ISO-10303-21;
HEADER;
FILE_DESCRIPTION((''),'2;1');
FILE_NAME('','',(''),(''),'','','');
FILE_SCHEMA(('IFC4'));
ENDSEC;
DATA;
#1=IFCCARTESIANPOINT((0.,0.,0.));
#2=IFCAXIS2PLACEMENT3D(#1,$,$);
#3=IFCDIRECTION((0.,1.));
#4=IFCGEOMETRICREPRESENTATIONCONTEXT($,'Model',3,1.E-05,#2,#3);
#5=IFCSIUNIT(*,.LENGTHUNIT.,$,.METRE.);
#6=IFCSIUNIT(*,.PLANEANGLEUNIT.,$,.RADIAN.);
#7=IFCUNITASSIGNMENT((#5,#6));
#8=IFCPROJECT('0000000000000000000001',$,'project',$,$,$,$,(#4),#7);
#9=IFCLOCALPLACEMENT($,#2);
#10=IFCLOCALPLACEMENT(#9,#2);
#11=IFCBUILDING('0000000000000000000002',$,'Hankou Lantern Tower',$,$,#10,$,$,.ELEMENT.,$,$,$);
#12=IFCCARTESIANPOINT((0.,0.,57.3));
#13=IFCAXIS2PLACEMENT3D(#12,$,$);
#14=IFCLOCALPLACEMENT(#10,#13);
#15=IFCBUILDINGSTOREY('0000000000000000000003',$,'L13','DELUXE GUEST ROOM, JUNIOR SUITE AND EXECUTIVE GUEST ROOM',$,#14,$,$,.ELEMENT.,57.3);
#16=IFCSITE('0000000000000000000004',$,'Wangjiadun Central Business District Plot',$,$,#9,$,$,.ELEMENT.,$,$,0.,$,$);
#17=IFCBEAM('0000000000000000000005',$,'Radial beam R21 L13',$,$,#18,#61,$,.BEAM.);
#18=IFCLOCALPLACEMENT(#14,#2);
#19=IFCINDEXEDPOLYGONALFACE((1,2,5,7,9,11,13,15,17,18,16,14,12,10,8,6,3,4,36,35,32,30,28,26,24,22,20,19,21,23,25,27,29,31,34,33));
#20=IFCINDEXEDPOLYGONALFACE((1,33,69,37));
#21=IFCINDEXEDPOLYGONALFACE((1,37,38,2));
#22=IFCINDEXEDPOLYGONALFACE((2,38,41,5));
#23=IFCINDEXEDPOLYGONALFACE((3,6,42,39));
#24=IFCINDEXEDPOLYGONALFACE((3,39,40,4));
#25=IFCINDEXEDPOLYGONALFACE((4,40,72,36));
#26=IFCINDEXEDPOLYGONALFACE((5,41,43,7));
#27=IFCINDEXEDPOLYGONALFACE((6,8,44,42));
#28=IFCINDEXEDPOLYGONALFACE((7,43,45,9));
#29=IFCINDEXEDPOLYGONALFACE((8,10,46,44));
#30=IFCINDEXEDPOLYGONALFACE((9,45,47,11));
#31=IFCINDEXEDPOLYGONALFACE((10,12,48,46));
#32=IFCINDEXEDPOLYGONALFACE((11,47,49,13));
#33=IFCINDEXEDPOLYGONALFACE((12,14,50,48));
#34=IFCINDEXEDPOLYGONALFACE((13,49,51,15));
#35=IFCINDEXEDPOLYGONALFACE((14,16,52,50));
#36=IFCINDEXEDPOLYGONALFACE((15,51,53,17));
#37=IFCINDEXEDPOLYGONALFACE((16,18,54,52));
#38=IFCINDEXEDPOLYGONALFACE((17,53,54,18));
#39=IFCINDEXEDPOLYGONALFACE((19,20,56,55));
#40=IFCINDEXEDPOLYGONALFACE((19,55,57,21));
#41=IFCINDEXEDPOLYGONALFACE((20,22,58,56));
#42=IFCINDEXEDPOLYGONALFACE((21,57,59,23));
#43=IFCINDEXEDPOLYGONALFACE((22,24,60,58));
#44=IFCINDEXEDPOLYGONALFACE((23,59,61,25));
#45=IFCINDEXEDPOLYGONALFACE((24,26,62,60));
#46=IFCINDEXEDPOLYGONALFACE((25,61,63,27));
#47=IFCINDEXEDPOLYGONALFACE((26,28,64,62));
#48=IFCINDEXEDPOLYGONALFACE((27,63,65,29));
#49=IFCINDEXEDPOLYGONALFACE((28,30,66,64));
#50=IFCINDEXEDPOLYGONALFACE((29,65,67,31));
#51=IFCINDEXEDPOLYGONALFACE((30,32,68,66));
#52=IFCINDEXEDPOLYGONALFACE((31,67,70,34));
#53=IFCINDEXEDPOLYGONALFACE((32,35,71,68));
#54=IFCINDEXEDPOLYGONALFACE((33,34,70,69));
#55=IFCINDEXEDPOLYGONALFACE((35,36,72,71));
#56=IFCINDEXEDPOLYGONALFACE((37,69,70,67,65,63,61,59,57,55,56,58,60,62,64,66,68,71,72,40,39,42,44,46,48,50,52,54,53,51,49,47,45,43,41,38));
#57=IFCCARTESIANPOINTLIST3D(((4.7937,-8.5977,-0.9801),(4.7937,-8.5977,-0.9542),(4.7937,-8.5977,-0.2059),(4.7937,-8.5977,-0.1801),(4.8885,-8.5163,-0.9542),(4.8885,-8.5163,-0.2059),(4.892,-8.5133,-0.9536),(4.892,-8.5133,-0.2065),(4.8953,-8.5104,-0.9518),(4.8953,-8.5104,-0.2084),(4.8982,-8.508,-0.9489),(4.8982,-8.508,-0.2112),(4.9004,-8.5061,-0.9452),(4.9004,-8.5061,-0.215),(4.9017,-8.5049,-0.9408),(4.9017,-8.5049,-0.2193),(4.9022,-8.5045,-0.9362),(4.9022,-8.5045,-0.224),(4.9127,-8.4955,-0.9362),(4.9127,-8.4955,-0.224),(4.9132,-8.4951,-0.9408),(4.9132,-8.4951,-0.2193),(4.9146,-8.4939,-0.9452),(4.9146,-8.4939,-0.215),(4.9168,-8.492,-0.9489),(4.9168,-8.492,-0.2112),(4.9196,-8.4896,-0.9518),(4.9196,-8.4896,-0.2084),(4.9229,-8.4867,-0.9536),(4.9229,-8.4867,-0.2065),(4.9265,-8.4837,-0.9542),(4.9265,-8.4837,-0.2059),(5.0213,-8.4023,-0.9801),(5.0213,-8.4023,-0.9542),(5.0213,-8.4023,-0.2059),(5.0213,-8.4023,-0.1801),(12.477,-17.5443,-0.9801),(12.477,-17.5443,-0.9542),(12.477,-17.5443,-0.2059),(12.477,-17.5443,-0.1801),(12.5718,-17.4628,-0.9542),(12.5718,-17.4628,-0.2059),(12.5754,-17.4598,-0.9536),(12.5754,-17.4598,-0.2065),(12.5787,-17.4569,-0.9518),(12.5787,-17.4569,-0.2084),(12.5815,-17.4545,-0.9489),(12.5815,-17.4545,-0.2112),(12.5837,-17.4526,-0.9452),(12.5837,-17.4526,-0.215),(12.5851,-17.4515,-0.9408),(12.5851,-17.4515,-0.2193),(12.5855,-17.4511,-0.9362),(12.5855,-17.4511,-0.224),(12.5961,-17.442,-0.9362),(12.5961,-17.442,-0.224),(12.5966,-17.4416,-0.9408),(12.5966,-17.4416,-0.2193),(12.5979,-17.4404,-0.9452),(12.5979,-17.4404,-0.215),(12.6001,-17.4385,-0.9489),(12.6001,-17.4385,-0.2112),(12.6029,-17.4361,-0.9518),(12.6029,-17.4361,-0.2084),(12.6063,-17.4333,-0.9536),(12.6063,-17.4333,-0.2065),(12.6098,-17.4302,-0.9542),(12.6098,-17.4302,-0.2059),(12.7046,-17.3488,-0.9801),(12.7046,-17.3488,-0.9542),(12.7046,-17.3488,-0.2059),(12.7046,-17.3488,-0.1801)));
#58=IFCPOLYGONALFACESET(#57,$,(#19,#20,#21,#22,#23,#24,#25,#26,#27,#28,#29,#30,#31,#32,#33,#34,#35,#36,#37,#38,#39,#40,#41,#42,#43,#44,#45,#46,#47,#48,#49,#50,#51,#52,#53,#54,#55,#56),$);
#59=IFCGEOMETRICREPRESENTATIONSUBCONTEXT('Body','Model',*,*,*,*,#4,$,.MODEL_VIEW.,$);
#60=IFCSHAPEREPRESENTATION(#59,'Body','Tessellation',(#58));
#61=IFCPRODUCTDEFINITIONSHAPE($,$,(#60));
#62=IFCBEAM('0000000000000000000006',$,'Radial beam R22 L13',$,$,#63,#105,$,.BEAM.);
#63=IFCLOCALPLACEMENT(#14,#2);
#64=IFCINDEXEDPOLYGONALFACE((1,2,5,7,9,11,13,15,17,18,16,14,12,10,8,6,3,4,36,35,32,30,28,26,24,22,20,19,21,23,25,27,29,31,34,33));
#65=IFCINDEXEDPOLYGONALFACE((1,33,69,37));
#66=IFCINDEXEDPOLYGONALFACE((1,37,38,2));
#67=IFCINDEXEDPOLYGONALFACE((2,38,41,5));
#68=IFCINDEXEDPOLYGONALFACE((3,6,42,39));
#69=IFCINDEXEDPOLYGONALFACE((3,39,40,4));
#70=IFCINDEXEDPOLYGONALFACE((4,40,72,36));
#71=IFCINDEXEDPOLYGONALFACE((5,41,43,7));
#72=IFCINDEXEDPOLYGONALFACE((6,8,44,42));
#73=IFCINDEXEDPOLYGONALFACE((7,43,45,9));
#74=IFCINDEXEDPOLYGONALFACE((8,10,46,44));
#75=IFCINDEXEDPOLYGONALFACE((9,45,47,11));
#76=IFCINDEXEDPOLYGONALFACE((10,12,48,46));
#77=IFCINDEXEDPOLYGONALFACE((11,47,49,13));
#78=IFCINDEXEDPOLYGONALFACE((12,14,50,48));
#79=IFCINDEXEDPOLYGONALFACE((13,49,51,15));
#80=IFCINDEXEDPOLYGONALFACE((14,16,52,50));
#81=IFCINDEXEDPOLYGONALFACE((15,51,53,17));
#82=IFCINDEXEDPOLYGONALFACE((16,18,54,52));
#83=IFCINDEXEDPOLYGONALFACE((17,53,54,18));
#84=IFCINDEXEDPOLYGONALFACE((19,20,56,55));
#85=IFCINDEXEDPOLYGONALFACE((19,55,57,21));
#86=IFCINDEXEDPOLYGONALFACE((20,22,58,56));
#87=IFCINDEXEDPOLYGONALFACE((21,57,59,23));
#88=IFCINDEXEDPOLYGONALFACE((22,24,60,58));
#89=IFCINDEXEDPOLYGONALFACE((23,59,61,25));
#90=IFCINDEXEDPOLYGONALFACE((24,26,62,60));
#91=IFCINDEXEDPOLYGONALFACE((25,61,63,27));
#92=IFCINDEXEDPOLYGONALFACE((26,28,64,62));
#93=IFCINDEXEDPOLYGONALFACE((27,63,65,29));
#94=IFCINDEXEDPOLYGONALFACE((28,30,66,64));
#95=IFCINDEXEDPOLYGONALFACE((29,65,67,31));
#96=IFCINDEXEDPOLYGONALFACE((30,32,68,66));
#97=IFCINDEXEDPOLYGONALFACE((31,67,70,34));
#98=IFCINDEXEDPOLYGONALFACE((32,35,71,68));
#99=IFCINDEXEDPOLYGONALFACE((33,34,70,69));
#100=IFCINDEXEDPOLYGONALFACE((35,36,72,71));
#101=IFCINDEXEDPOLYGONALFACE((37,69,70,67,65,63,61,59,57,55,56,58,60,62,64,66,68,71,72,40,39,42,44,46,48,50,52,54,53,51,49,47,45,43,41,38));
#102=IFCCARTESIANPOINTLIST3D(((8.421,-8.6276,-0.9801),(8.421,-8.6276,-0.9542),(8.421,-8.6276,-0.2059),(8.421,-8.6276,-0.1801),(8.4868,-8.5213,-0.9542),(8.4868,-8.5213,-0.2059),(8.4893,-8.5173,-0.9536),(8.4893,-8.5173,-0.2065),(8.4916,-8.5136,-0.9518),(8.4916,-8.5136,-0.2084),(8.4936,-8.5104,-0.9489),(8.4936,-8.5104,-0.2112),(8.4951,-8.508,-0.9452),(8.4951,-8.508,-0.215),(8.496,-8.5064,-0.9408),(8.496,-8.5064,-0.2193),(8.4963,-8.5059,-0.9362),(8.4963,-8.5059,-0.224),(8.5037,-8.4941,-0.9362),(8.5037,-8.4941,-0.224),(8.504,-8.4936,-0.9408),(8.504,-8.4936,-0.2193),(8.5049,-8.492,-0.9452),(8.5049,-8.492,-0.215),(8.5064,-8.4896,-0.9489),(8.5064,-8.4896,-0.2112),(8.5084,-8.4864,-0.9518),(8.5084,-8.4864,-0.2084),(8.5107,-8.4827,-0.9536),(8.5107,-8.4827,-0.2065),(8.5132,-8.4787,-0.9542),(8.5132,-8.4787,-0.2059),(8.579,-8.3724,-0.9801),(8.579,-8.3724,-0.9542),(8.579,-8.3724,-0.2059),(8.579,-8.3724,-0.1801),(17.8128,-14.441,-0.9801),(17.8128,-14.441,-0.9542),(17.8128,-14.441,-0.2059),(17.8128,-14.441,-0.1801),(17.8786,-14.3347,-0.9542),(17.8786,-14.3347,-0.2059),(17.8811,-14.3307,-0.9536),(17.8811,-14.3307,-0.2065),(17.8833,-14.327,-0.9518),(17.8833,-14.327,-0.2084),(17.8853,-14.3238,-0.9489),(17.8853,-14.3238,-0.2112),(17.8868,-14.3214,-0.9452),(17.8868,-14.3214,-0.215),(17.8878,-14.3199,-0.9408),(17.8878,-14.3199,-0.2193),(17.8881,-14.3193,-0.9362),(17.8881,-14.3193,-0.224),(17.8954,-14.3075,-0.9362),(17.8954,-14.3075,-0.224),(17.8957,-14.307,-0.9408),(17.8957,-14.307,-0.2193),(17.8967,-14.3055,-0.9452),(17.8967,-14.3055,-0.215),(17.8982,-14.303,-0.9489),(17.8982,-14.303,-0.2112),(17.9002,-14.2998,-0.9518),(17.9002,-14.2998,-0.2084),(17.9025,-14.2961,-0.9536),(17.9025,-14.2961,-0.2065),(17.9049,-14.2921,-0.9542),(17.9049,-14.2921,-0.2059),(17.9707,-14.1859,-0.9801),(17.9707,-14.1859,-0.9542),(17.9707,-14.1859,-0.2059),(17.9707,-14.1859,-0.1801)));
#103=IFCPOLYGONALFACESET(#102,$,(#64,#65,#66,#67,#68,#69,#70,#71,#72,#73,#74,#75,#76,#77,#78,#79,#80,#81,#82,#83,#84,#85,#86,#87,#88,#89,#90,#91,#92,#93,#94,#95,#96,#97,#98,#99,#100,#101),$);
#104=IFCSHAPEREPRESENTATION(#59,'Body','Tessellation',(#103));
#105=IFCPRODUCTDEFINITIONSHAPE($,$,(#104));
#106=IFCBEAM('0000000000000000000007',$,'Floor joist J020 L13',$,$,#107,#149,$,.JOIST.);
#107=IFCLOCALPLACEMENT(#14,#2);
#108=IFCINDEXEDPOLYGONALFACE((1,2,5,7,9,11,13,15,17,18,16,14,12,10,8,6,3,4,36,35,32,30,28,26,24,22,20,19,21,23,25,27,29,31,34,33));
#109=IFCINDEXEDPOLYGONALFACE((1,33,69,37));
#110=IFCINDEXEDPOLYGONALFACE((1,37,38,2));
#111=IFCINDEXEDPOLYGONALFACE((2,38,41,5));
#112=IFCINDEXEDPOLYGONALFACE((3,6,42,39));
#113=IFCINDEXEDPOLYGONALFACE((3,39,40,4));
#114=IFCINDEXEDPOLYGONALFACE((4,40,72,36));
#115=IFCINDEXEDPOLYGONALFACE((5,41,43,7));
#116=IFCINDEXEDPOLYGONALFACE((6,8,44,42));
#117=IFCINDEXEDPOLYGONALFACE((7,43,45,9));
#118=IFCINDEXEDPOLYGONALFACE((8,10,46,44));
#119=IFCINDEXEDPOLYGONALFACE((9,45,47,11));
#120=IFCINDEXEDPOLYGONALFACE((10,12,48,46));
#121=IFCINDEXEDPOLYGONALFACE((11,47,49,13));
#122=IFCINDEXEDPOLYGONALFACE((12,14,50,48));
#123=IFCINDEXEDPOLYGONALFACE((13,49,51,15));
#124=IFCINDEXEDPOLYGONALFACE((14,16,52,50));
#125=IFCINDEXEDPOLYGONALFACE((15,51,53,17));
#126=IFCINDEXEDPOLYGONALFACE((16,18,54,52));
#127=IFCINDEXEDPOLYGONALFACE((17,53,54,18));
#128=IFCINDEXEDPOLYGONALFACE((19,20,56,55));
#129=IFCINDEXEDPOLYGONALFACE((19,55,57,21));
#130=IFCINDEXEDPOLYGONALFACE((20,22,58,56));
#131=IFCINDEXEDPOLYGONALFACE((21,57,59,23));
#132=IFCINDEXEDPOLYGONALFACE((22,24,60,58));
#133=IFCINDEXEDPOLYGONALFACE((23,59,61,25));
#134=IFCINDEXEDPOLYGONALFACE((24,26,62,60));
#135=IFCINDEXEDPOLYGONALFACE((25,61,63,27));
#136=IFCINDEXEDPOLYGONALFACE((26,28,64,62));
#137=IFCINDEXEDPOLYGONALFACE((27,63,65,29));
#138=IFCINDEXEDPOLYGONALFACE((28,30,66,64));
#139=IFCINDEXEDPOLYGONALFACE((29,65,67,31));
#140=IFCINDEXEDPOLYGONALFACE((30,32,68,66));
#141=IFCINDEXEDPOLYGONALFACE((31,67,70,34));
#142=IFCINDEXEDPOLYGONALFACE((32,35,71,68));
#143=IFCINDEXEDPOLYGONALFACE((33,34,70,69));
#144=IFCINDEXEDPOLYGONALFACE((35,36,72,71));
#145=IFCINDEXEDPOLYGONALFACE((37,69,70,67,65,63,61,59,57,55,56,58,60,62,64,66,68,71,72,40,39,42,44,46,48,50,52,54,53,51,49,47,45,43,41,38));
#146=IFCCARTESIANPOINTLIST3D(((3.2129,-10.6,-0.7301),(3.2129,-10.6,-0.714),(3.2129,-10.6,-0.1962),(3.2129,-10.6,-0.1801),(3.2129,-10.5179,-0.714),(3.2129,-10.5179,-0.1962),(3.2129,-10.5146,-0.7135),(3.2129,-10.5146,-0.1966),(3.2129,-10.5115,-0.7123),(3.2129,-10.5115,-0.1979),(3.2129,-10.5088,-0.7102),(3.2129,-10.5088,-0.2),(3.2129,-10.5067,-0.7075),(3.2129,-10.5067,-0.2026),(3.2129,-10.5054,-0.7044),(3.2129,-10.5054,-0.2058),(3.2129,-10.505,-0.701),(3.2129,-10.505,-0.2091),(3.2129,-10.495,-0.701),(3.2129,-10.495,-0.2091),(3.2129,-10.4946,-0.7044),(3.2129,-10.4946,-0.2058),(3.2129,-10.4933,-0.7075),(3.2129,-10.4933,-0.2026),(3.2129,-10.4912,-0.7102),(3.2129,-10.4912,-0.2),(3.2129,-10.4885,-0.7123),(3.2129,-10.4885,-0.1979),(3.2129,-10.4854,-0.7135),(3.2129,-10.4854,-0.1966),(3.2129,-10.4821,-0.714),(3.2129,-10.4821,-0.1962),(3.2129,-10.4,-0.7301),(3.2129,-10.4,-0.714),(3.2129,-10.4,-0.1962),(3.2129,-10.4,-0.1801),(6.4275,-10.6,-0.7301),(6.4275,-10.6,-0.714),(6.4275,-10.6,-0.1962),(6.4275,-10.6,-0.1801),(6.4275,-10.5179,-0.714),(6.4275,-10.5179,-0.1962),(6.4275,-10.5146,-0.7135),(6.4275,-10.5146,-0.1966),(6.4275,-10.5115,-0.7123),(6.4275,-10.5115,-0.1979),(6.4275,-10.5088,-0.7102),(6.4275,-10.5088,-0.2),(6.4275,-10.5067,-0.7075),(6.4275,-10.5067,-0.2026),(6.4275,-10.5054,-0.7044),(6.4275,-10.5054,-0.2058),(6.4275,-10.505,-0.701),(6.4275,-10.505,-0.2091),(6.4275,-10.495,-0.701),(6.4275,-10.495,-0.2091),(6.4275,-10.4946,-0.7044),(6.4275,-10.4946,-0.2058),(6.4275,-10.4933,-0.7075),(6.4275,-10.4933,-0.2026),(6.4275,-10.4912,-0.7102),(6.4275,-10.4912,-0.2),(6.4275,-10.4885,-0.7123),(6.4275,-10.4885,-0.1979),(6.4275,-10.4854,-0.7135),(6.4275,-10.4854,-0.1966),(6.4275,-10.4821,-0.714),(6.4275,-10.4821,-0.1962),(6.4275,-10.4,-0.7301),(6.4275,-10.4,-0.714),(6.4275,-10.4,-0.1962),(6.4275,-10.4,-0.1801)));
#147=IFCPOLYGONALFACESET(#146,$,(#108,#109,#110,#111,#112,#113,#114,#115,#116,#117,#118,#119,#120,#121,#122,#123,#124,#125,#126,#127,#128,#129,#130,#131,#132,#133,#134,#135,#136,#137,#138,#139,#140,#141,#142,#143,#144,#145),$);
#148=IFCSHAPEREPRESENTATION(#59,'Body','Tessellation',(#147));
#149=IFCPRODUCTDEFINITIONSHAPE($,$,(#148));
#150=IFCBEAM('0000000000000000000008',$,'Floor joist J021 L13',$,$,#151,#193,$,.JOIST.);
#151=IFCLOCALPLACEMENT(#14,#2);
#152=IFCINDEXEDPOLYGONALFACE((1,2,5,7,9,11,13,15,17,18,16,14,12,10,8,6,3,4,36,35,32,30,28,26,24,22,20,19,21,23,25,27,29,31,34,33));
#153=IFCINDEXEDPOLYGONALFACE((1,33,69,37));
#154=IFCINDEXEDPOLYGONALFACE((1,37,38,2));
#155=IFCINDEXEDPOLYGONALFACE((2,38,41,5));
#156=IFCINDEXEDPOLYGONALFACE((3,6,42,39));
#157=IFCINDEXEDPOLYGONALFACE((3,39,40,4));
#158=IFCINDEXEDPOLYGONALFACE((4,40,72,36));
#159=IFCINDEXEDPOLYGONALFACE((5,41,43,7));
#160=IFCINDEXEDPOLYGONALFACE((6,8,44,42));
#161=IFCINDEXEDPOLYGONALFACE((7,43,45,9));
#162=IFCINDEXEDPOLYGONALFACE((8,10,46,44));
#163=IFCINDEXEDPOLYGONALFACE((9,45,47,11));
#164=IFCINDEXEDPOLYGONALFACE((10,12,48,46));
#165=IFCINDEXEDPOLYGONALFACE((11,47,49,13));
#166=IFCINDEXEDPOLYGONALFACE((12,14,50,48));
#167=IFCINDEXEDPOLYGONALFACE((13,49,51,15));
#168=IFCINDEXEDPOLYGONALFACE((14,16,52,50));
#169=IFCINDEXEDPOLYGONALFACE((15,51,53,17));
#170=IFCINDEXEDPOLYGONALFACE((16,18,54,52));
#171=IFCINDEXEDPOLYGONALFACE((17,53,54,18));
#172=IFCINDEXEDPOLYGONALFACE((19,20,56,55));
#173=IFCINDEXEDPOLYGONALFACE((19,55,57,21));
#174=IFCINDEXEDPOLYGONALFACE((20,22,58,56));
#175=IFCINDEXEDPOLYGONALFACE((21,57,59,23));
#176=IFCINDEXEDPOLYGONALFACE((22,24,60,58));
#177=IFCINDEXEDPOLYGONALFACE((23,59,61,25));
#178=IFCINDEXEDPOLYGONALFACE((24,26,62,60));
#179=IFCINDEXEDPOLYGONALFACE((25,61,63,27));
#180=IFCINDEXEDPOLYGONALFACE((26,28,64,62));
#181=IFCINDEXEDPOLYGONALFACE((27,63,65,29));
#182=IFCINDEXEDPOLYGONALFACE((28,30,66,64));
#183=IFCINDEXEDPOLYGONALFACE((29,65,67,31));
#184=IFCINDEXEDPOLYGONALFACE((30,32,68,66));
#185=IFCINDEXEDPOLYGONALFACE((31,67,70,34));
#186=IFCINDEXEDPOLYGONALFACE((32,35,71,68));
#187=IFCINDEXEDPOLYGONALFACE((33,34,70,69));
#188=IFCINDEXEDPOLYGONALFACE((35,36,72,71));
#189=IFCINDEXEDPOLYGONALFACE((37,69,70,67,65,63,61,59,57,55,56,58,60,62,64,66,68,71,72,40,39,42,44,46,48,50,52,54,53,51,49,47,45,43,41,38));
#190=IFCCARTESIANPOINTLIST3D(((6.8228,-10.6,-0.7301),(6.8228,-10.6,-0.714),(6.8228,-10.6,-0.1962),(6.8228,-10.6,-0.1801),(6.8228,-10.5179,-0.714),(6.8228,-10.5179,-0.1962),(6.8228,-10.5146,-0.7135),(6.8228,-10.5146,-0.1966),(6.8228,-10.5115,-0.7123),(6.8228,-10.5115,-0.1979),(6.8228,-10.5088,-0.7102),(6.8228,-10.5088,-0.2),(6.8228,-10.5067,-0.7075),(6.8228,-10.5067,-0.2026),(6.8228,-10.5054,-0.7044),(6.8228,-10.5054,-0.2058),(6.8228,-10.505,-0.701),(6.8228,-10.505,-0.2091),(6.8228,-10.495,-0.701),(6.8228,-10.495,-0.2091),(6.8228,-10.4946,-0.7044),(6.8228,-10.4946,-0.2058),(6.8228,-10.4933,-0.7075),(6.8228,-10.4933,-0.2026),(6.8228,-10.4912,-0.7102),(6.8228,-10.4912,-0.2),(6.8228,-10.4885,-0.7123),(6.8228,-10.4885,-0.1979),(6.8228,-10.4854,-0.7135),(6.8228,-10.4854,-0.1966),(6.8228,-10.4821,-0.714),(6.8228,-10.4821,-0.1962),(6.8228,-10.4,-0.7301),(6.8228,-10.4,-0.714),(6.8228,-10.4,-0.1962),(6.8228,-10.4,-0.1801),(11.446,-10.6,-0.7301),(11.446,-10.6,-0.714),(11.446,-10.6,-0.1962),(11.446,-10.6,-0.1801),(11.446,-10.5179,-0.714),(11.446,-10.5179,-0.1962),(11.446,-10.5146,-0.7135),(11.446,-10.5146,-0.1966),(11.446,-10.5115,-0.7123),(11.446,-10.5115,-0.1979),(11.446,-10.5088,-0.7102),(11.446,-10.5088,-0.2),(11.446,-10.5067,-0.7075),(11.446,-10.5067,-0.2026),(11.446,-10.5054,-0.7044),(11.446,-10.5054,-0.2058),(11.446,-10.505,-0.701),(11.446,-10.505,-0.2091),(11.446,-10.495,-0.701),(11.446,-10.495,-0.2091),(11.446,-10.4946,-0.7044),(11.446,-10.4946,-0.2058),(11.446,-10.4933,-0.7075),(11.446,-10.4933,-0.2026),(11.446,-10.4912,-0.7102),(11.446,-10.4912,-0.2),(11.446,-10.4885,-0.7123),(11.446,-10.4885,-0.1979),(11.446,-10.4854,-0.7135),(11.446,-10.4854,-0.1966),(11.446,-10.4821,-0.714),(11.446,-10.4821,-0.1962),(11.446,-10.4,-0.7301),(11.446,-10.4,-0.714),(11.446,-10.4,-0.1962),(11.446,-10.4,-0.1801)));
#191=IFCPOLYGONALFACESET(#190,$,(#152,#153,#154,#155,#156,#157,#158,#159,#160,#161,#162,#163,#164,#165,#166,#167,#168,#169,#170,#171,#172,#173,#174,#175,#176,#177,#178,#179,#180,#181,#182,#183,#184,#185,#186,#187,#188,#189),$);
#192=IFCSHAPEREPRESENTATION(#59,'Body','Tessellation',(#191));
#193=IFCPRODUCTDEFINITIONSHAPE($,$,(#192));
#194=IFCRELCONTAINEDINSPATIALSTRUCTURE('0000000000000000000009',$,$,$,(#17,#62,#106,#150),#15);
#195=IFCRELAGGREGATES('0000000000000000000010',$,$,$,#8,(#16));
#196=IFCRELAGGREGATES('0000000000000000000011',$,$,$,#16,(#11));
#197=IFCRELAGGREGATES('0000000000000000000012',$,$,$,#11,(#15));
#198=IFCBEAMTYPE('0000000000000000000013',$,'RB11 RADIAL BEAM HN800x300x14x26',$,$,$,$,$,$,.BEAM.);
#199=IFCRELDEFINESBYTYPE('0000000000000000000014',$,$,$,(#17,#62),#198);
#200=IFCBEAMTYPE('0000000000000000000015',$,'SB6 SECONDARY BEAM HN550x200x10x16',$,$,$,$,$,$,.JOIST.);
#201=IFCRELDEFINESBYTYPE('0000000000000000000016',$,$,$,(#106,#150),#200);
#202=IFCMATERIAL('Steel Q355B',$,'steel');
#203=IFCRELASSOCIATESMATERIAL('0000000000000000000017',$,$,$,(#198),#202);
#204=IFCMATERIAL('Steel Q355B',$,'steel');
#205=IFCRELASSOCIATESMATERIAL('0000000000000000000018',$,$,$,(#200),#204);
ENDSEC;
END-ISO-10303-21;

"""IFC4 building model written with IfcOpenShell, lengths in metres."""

from ifc_helpers import new_model, si_unit, direction, frame, origin, origin_2d, place, context, subcontext, project, spatial, i_section, extrude, material, material_profile, profile_set, type_object, element, save


model = new_model("IFC4")

# Units and contexts
model_context = context("Model", 3, precision=1e-05, world=origin(), true_north=direction((0.0, 1.0)))
body_context = subcontext(model_context, "Body", "Model", "MODEL_VIEW")
ifc_project = project(units=[si_unit("LENGTHUNIT", "METRE"), si_unit("PLANEANGLEUNIT", "RADIAN")], contexts=[model_context])

# Site, building, storey
site_placement = place(None, origin())
site = spatial("IfcSite", under=ifc_project, at=site_placement, Name="Wangjiadun Central Business District Plot", CompositionType="ELEMENT", RefElevation=0.0)
building_placement = place(site_placement, origin())
building = spatial("IfcBuilding", under=site, at=building_placement, Name="Hankou Lantern Tower", CompositionType="ELEMENT")
storey_placement = place(building_placement, frame((0.0, 0.0, 57.3)))
storey = spatial("IfcBuildingStorey", under=building, at=storey_placement, Name="L13", Description="DELUXE GUEST ROOM, JUNIOR SUITE AND EXECUTIVE GUEST ROOM", CompositionType="ELEMENT", Elevation=57.3)

# Beams
ifc_material_1 = material(Name="Steel Q355B", Category="steel")
ifc_material_profile_1 = material_profile(ifc_material_1, i_section(OverallWidth=0.3, OverallDepth=0.8, WebThickness=0.0139, FlangeThickness=0.0259, FilletRadius=0.0181, at=origin_2d()), Name="HN800x300x14x26")
ifc_profile_set_1 = profile_set([ifc_material_profile_1], Name="Steel Q355B")
beam_type_1 = type_object("IfcBeamType", Name="RB11 RADIAL BEAM HN800x300x14x26", PredefinedType="BEAM", material=ifc_profile_set_1)
beam_1_placement = place(storey_placement, frame((4.9075, -8.5, -0.5801), z_axis=(0.651519, -0.758632, 0.0), x_axis=(0.758632, 0.651519, 0.0)))
element("IfcBeam", 1, at=beam_1_placement, inside=storey, type_object=beam_type_1, Name="Radial beam R21 L13", PredefinedType="BEAM", context=body_context, shape_type="SweptSolid", body=[
    extrude(i_section(OverallWidth=0.3, OverallDepth=0.8, WebThickness=0.0139, FlangeThickness=0.0259, FilletRadius=0.0181, at=origin_2d()), origin(), (0.0, 0.0, 1.0), 11.793),
])
beam_2_placement = place(storey_placement, frame((8.5, -8.5, -0.5801), z_axis=(0.850286, -0.52632, 0.0), x_axis=(0.52632, 0.850286, 0.0)))
element("IfcBeam", 2, at=beam_2_placement, inside=storey, type_object=beam_type_1, Name="Radial beam R22 L13", PredefinedType="BEAM", context=body_context, shape_type="SweptSolid", body=[
    extrude(i_section(OverallWidth=0.3, OverallDepth=0.8, WebThickness=0.0139, FlangeThickness=0.0259, FilletRadius=0.0181, at=origin_2d()), origin(), (0.0, 0.0, 1.0), 11.0454),
])
ifc_material_2 = material(Name="Steel Q355B", Category="steel")
ifc_material_profile_2 = material_profile(ifc_material_2, i_section(OverallWidth=0.2, OverallDepth=0.55, WebThickness=0.01, FlangeThickness=0.0161, FilletRadius=0.0129, at=origin_2d()), Name="HN550x200x10x16")
ifc_profile_set_2 = profile_set([ifc_material_profile_2], Name="Steel Q355B")
beam_type_2 = type_object("IfcBeamType", Name="SB6 SECONDARY BEAM HN550x200x10x16", PredefinedType="JOIST", material=ifc_profile_set_2)
beam_3_placement = place(storey_placement, frame((3.2129, -10.5, -0.4551), z_axis=(1.0, 0.0, 0.0), x_axis=(0.0, 1.0, 0.0)))
element("IfcBeam", 3, at=beam_3_placement, inside=storey, type_object=beam_type_2, Name="Floor joist J020 L13", PredefinedType="JOIST", context=body_context, shape_type="SweptSolid", body=[
    extrude(i_section(OverallWidth=0.2, OverallDepth=0.55, WebThickness=0.01, FlangeThickness=0.0161, FilletRadius=0.0129, at=origin_2d()), origin(), (0.0, 0.0, 1.0), 3.2146),
])
beam_4_placement = place(storey_placement, frame((6.8228, -10.5, -0.4551), z_axis=(1.0, 0.0, 0.0), x_axis=(0.0, 1.0, 0.0)))
element("IfcBeam", 4, at=beam_4_placement, inside=storey, type_object=beam_type_2, Name="Floor joist J021 L13", PredefinedType="JOIST", context=body_context, shape_type="SweptSolid", body=[
    extrude(i_section(OverallWidth=0.2, OverallDepth=0.55, WebThickness=0.01, FlangeThickness=0.0161, FilletRadius=0.0129, at=origin_2d()), origin(), (0.0, 0.0, 1.0), 4.6233),
])

save(model, "model.ifc")
